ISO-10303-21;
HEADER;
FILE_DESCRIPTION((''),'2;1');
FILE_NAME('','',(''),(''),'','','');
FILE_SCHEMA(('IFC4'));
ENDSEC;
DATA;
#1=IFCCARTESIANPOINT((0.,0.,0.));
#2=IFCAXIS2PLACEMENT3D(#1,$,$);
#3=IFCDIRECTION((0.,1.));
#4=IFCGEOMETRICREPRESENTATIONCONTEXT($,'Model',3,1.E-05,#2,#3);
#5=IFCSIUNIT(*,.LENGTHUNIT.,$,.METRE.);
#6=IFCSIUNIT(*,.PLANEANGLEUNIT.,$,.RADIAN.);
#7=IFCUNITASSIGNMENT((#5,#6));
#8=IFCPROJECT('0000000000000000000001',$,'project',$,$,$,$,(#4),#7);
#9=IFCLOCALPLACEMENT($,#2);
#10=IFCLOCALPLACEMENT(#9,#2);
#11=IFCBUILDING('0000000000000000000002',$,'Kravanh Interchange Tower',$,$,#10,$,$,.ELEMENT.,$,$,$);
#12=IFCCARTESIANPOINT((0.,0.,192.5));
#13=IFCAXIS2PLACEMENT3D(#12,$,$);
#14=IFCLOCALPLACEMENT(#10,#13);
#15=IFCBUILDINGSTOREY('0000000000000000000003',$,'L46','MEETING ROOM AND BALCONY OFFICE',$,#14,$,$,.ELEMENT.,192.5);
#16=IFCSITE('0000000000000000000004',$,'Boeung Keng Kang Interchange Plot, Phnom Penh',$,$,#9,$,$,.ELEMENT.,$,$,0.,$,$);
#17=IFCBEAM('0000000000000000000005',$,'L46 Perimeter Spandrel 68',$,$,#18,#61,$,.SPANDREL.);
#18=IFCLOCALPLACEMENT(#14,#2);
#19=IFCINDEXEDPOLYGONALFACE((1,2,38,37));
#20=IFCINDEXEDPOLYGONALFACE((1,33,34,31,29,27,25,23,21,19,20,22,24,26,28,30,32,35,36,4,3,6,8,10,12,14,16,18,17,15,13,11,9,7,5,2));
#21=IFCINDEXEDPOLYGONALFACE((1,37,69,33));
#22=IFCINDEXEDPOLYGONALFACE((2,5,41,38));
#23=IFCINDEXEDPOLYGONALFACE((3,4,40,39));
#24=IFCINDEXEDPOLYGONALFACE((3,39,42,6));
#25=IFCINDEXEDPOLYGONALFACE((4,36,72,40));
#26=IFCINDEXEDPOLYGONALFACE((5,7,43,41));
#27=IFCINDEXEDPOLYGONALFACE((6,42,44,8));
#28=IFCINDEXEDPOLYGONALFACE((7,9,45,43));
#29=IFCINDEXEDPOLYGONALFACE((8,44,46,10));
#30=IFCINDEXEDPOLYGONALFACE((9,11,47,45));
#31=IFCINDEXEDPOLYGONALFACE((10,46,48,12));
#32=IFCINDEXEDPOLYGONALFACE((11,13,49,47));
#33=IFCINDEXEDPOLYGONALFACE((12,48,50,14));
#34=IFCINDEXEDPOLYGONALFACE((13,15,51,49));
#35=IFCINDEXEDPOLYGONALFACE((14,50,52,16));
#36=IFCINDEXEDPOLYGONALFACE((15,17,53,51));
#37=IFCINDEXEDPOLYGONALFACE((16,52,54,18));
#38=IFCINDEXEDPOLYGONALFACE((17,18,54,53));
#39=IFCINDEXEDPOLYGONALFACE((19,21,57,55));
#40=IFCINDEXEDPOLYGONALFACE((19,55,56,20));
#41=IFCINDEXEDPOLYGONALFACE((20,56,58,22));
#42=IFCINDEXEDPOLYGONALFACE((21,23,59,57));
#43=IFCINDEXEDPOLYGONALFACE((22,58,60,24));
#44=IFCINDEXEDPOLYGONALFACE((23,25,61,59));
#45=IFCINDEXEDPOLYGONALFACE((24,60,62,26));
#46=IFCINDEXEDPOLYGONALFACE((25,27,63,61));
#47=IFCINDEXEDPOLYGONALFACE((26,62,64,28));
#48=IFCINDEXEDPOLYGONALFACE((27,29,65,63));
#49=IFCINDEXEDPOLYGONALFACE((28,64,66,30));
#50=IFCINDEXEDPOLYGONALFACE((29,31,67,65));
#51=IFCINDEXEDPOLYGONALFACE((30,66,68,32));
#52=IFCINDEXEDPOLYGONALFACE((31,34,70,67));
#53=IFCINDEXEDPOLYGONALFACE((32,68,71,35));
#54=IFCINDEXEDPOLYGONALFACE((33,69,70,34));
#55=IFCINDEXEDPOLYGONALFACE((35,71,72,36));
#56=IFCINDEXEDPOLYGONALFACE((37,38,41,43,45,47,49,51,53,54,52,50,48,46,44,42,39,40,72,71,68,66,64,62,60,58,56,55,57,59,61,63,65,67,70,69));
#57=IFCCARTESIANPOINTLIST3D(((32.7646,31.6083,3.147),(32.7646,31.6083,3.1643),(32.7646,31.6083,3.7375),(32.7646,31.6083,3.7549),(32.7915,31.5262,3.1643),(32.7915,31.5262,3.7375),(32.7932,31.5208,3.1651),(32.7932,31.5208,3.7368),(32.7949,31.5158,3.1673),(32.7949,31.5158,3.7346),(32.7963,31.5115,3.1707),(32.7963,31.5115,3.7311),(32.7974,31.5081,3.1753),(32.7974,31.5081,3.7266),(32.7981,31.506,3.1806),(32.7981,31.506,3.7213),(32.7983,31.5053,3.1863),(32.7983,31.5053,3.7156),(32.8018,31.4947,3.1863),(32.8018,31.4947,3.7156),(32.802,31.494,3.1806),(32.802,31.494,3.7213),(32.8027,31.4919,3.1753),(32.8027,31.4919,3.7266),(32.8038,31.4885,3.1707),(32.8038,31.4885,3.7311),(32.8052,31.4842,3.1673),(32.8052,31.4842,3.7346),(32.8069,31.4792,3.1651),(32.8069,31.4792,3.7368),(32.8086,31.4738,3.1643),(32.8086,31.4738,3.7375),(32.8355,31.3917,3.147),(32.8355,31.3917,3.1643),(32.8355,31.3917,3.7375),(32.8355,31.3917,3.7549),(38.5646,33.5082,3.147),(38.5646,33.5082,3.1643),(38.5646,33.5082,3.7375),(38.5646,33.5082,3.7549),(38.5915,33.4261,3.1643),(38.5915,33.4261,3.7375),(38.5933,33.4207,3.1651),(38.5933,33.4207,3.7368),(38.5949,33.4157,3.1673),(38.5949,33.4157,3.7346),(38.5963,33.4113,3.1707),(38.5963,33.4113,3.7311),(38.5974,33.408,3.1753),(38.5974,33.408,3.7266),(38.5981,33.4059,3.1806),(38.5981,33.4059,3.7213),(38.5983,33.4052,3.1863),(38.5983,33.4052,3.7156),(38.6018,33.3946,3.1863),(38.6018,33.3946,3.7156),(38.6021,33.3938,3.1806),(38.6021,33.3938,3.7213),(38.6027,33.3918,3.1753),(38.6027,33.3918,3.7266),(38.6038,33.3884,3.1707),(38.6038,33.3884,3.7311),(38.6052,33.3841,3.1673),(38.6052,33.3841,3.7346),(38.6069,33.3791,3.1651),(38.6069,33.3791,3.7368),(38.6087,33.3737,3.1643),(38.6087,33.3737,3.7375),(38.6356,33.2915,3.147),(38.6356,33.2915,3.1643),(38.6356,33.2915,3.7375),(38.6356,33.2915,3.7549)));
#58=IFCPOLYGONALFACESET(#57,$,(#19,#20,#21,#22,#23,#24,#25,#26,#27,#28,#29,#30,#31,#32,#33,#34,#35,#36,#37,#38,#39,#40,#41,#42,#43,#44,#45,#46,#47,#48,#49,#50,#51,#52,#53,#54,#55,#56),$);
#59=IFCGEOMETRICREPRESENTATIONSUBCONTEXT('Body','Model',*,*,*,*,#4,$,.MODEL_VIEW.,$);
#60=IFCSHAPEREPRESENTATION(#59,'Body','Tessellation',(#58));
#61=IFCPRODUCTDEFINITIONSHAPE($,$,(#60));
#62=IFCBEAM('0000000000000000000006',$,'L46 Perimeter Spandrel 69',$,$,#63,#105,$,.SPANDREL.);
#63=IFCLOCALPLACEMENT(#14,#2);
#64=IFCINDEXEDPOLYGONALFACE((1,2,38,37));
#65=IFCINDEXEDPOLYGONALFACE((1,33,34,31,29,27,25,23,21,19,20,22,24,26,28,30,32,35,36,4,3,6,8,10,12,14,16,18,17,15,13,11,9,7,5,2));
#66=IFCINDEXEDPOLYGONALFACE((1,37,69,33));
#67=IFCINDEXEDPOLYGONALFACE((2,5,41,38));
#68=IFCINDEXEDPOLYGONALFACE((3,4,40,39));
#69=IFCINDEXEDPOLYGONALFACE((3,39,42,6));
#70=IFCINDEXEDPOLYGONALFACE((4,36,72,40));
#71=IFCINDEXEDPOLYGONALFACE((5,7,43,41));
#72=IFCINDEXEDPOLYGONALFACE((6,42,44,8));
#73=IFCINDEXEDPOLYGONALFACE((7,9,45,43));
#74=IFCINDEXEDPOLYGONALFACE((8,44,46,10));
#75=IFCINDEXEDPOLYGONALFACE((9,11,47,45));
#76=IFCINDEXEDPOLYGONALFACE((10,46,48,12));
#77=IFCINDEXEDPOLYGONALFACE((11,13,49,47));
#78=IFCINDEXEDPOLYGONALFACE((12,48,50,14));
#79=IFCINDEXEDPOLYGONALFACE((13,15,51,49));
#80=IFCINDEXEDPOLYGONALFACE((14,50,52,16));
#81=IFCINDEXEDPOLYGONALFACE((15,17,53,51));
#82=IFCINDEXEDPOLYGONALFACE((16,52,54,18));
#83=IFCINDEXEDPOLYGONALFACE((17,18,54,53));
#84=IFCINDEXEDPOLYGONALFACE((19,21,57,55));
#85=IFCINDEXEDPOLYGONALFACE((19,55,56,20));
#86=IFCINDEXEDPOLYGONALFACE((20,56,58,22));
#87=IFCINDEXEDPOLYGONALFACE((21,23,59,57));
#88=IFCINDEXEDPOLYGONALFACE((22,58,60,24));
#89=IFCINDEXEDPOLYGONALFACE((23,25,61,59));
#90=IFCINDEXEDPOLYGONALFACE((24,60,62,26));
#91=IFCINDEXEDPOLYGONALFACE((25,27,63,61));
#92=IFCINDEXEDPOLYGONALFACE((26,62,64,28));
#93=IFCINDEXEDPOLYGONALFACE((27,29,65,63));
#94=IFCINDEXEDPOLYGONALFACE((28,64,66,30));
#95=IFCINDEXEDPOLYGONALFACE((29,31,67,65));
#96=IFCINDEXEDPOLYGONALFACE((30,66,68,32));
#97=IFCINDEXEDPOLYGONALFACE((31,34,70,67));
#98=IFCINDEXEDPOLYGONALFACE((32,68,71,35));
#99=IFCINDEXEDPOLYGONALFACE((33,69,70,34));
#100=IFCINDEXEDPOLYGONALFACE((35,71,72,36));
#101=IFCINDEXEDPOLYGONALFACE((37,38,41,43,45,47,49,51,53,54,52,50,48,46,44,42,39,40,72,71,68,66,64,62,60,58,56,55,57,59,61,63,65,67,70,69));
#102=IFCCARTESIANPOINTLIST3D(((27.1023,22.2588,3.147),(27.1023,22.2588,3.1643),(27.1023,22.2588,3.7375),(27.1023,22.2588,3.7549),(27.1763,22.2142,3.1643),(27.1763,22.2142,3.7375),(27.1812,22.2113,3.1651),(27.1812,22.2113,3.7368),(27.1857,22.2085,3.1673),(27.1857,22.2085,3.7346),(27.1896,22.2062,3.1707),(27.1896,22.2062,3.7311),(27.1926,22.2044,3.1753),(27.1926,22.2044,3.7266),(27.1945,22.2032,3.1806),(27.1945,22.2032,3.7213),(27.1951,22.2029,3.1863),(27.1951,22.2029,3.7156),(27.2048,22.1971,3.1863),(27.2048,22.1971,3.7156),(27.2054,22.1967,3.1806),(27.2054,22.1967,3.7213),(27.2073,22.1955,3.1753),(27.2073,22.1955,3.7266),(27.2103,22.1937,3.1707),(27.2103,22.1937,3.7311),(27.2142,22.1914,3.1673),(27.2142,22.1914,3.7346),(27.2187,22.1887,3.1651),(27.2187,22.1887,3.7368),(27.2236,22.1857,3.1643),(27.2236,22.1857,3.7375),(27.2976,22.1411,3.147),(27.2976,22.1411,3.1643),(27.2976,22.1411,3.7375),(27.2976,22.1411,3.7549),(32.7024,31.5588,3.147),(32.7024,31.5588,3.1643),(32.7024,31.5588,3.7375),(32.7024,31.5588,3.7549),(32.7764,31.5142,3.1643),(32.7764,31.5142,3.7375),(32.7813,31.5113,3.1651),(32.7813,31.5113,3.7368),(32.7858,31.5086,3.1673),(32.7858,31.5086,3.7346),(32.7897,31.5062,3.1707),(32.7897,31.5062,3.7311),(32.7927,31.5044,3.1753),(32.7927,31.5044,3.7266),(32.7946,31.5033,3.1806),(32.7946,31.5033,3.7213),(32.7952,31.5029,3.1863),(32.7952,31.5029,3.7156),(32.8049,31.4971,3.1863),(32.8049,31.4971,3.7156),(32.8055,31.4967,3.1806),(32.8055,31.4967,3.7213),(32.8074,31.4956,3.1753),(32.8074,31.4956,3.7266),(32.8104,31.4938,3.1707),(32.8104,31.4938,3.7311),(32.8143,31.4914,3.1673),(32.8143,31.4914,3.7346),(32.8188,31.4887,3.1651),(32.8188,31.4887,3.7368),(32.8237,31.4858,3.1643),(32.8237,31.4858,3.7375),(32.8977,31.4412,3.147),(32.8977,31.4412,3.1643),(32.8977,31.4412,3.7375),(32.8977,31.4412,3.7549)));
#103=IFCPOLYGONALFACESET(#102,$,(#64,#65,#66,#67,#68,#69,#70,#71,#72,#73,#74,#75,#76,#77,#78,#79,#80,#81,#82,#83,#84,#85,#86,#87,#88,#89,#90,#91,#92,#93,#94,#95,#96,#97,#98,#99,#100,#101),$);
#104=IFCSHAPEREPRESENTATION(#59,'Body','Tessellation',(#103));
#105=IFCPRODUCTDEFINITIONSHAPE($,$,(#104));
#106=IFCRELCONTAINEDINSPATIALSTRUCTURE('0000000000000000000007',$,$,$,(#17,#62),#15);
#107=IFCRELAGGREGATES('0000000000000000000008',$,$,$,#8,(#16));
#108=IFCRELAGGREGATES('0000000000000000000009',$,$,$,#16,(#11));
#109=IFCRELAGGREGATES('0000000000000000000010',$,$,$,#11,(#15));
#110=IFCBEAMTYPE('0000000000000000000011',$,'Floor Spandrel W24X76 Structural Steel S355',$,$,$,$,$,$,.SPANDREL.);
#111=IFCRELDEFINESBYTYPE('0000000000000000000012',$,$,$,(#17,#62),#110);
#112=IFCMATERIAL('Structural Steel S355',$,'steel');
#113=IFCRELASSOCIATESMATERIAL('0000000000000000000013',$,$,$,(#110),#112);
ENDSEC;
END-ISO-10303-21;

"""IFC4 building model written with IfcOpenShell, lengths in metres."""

from ifc_helpers import new_model, si_unit, direction, frame, origin, origin_2d, place, context, subcontext, project, spatial, i_section, extrude, material, material_profile, profile_set, type_object, element, save


model = new_model("IFC4")

# Units and contexts
model_context = context("Model", 3, precision=1e-05, world=origin(), true_north=direction((0.0, 1.0)))
body_context = subcontext(model_context, "Body", "Model", "MODEL_VIEW")
ifc_project = project(units=[si_unit("LENGTHUNIT", "METRE"), si_unit("PLANEANGLEUNIT", "RADIAN")], contexts=[model_context])

# Site, building, storey
site_placement = place(None, origin())
site = spatial("IfcSite", under=ifc_project, at=site_placement, Name="Boeung Keng Kang Interchange Plot, Phnom Penh", CompositionType="ELEMENT", RefElevation=0.0)
building_placement = place(site_placement, origin())
building = spatial("IfcBuilding", under=site, at=building_placement, Name="Kravanh Interchange Tower", CompositionType="ELEMENT")
storey_placement = place(building_placement, frame((0.0, 0.0, 192.5)))
storey = spatial("IfcBuildingStorey", under=building, at=storey_placement, Name="L46", Description="MEETING ROOM AND BALCONY OFFICE", CompositionType="ELEMENT", Elevation=192.5)

# Beams
ifc_material_1 = material(Name="Structural Steel S355", Category="steel")
ifc_material_profile_1 = material_profile(ifc_material_1, i_section(OverallWidth=0.228, OverallDepth=0.6079, WebThickness=0.0112, FlangeThickness=0.0173, FilletRadius=0.022, at=origin_2d()), Name="W24X76")
ifc_profile_set_1 = profile_set([ifc_material_profile_1], Name="Structural Steel S355")
beam_type_1 = type_object("IfcBeamType", Name="Floor Spandrel W24X76 Structural Steel S355", PredefinedType="SPANDREL", material=ifc_profile_set_1)
beam_1_placement = place(storey_placement, frame((32.8, 31.5, 3.4509), z_axis=(0.950315, 0.311291, 0.0), x_axis=(-0.311291, 0.950315, 0.0)))
element("IfcBeam", 1, at=beam_1_placement, inside=storey, type_object=beam_type_1, Name="L46 Perimeter Spandrel 68", PredefinedType="SPANDREL", context=body_context, shape_type="SweptSolid", body=[
    extrude(i_section(OverallWidth=0.228, OverallDepth=0.6079, WebThickness=0.0112, FlangeThickness=0.0173, FilletRadius=0.022, at=origin_2d()), origin(), (0.0, 0.0, 1.0), 6.1033),
])
beam_2_placement = place(storey_placement, frame((32.8, 31.5, 3.4509), z_axis=(-0.515854, -0.856676, 0.0), x_axis=(0.856676, -0.515854, 0.0)))
element("IfcBeam", 2, at=beam_2_placement, inside=storey, type_object=beam_type_1, Name="L46 Perimeter Spandrel 69", PredefinedType="SPANDREL", context=body_context, shape_type="SweptSolid", body=[
    extrude(i_section(OverallWidth=0.228, OverallDepth=0.6079, WebThickness=0.0112, FlangeThickness=0.0173, FilletRadius=0.022, at=origin_2d()), origin(), (0.0, 0.0, 1.0), 10.856),
])

save(model, "model.ifc")
